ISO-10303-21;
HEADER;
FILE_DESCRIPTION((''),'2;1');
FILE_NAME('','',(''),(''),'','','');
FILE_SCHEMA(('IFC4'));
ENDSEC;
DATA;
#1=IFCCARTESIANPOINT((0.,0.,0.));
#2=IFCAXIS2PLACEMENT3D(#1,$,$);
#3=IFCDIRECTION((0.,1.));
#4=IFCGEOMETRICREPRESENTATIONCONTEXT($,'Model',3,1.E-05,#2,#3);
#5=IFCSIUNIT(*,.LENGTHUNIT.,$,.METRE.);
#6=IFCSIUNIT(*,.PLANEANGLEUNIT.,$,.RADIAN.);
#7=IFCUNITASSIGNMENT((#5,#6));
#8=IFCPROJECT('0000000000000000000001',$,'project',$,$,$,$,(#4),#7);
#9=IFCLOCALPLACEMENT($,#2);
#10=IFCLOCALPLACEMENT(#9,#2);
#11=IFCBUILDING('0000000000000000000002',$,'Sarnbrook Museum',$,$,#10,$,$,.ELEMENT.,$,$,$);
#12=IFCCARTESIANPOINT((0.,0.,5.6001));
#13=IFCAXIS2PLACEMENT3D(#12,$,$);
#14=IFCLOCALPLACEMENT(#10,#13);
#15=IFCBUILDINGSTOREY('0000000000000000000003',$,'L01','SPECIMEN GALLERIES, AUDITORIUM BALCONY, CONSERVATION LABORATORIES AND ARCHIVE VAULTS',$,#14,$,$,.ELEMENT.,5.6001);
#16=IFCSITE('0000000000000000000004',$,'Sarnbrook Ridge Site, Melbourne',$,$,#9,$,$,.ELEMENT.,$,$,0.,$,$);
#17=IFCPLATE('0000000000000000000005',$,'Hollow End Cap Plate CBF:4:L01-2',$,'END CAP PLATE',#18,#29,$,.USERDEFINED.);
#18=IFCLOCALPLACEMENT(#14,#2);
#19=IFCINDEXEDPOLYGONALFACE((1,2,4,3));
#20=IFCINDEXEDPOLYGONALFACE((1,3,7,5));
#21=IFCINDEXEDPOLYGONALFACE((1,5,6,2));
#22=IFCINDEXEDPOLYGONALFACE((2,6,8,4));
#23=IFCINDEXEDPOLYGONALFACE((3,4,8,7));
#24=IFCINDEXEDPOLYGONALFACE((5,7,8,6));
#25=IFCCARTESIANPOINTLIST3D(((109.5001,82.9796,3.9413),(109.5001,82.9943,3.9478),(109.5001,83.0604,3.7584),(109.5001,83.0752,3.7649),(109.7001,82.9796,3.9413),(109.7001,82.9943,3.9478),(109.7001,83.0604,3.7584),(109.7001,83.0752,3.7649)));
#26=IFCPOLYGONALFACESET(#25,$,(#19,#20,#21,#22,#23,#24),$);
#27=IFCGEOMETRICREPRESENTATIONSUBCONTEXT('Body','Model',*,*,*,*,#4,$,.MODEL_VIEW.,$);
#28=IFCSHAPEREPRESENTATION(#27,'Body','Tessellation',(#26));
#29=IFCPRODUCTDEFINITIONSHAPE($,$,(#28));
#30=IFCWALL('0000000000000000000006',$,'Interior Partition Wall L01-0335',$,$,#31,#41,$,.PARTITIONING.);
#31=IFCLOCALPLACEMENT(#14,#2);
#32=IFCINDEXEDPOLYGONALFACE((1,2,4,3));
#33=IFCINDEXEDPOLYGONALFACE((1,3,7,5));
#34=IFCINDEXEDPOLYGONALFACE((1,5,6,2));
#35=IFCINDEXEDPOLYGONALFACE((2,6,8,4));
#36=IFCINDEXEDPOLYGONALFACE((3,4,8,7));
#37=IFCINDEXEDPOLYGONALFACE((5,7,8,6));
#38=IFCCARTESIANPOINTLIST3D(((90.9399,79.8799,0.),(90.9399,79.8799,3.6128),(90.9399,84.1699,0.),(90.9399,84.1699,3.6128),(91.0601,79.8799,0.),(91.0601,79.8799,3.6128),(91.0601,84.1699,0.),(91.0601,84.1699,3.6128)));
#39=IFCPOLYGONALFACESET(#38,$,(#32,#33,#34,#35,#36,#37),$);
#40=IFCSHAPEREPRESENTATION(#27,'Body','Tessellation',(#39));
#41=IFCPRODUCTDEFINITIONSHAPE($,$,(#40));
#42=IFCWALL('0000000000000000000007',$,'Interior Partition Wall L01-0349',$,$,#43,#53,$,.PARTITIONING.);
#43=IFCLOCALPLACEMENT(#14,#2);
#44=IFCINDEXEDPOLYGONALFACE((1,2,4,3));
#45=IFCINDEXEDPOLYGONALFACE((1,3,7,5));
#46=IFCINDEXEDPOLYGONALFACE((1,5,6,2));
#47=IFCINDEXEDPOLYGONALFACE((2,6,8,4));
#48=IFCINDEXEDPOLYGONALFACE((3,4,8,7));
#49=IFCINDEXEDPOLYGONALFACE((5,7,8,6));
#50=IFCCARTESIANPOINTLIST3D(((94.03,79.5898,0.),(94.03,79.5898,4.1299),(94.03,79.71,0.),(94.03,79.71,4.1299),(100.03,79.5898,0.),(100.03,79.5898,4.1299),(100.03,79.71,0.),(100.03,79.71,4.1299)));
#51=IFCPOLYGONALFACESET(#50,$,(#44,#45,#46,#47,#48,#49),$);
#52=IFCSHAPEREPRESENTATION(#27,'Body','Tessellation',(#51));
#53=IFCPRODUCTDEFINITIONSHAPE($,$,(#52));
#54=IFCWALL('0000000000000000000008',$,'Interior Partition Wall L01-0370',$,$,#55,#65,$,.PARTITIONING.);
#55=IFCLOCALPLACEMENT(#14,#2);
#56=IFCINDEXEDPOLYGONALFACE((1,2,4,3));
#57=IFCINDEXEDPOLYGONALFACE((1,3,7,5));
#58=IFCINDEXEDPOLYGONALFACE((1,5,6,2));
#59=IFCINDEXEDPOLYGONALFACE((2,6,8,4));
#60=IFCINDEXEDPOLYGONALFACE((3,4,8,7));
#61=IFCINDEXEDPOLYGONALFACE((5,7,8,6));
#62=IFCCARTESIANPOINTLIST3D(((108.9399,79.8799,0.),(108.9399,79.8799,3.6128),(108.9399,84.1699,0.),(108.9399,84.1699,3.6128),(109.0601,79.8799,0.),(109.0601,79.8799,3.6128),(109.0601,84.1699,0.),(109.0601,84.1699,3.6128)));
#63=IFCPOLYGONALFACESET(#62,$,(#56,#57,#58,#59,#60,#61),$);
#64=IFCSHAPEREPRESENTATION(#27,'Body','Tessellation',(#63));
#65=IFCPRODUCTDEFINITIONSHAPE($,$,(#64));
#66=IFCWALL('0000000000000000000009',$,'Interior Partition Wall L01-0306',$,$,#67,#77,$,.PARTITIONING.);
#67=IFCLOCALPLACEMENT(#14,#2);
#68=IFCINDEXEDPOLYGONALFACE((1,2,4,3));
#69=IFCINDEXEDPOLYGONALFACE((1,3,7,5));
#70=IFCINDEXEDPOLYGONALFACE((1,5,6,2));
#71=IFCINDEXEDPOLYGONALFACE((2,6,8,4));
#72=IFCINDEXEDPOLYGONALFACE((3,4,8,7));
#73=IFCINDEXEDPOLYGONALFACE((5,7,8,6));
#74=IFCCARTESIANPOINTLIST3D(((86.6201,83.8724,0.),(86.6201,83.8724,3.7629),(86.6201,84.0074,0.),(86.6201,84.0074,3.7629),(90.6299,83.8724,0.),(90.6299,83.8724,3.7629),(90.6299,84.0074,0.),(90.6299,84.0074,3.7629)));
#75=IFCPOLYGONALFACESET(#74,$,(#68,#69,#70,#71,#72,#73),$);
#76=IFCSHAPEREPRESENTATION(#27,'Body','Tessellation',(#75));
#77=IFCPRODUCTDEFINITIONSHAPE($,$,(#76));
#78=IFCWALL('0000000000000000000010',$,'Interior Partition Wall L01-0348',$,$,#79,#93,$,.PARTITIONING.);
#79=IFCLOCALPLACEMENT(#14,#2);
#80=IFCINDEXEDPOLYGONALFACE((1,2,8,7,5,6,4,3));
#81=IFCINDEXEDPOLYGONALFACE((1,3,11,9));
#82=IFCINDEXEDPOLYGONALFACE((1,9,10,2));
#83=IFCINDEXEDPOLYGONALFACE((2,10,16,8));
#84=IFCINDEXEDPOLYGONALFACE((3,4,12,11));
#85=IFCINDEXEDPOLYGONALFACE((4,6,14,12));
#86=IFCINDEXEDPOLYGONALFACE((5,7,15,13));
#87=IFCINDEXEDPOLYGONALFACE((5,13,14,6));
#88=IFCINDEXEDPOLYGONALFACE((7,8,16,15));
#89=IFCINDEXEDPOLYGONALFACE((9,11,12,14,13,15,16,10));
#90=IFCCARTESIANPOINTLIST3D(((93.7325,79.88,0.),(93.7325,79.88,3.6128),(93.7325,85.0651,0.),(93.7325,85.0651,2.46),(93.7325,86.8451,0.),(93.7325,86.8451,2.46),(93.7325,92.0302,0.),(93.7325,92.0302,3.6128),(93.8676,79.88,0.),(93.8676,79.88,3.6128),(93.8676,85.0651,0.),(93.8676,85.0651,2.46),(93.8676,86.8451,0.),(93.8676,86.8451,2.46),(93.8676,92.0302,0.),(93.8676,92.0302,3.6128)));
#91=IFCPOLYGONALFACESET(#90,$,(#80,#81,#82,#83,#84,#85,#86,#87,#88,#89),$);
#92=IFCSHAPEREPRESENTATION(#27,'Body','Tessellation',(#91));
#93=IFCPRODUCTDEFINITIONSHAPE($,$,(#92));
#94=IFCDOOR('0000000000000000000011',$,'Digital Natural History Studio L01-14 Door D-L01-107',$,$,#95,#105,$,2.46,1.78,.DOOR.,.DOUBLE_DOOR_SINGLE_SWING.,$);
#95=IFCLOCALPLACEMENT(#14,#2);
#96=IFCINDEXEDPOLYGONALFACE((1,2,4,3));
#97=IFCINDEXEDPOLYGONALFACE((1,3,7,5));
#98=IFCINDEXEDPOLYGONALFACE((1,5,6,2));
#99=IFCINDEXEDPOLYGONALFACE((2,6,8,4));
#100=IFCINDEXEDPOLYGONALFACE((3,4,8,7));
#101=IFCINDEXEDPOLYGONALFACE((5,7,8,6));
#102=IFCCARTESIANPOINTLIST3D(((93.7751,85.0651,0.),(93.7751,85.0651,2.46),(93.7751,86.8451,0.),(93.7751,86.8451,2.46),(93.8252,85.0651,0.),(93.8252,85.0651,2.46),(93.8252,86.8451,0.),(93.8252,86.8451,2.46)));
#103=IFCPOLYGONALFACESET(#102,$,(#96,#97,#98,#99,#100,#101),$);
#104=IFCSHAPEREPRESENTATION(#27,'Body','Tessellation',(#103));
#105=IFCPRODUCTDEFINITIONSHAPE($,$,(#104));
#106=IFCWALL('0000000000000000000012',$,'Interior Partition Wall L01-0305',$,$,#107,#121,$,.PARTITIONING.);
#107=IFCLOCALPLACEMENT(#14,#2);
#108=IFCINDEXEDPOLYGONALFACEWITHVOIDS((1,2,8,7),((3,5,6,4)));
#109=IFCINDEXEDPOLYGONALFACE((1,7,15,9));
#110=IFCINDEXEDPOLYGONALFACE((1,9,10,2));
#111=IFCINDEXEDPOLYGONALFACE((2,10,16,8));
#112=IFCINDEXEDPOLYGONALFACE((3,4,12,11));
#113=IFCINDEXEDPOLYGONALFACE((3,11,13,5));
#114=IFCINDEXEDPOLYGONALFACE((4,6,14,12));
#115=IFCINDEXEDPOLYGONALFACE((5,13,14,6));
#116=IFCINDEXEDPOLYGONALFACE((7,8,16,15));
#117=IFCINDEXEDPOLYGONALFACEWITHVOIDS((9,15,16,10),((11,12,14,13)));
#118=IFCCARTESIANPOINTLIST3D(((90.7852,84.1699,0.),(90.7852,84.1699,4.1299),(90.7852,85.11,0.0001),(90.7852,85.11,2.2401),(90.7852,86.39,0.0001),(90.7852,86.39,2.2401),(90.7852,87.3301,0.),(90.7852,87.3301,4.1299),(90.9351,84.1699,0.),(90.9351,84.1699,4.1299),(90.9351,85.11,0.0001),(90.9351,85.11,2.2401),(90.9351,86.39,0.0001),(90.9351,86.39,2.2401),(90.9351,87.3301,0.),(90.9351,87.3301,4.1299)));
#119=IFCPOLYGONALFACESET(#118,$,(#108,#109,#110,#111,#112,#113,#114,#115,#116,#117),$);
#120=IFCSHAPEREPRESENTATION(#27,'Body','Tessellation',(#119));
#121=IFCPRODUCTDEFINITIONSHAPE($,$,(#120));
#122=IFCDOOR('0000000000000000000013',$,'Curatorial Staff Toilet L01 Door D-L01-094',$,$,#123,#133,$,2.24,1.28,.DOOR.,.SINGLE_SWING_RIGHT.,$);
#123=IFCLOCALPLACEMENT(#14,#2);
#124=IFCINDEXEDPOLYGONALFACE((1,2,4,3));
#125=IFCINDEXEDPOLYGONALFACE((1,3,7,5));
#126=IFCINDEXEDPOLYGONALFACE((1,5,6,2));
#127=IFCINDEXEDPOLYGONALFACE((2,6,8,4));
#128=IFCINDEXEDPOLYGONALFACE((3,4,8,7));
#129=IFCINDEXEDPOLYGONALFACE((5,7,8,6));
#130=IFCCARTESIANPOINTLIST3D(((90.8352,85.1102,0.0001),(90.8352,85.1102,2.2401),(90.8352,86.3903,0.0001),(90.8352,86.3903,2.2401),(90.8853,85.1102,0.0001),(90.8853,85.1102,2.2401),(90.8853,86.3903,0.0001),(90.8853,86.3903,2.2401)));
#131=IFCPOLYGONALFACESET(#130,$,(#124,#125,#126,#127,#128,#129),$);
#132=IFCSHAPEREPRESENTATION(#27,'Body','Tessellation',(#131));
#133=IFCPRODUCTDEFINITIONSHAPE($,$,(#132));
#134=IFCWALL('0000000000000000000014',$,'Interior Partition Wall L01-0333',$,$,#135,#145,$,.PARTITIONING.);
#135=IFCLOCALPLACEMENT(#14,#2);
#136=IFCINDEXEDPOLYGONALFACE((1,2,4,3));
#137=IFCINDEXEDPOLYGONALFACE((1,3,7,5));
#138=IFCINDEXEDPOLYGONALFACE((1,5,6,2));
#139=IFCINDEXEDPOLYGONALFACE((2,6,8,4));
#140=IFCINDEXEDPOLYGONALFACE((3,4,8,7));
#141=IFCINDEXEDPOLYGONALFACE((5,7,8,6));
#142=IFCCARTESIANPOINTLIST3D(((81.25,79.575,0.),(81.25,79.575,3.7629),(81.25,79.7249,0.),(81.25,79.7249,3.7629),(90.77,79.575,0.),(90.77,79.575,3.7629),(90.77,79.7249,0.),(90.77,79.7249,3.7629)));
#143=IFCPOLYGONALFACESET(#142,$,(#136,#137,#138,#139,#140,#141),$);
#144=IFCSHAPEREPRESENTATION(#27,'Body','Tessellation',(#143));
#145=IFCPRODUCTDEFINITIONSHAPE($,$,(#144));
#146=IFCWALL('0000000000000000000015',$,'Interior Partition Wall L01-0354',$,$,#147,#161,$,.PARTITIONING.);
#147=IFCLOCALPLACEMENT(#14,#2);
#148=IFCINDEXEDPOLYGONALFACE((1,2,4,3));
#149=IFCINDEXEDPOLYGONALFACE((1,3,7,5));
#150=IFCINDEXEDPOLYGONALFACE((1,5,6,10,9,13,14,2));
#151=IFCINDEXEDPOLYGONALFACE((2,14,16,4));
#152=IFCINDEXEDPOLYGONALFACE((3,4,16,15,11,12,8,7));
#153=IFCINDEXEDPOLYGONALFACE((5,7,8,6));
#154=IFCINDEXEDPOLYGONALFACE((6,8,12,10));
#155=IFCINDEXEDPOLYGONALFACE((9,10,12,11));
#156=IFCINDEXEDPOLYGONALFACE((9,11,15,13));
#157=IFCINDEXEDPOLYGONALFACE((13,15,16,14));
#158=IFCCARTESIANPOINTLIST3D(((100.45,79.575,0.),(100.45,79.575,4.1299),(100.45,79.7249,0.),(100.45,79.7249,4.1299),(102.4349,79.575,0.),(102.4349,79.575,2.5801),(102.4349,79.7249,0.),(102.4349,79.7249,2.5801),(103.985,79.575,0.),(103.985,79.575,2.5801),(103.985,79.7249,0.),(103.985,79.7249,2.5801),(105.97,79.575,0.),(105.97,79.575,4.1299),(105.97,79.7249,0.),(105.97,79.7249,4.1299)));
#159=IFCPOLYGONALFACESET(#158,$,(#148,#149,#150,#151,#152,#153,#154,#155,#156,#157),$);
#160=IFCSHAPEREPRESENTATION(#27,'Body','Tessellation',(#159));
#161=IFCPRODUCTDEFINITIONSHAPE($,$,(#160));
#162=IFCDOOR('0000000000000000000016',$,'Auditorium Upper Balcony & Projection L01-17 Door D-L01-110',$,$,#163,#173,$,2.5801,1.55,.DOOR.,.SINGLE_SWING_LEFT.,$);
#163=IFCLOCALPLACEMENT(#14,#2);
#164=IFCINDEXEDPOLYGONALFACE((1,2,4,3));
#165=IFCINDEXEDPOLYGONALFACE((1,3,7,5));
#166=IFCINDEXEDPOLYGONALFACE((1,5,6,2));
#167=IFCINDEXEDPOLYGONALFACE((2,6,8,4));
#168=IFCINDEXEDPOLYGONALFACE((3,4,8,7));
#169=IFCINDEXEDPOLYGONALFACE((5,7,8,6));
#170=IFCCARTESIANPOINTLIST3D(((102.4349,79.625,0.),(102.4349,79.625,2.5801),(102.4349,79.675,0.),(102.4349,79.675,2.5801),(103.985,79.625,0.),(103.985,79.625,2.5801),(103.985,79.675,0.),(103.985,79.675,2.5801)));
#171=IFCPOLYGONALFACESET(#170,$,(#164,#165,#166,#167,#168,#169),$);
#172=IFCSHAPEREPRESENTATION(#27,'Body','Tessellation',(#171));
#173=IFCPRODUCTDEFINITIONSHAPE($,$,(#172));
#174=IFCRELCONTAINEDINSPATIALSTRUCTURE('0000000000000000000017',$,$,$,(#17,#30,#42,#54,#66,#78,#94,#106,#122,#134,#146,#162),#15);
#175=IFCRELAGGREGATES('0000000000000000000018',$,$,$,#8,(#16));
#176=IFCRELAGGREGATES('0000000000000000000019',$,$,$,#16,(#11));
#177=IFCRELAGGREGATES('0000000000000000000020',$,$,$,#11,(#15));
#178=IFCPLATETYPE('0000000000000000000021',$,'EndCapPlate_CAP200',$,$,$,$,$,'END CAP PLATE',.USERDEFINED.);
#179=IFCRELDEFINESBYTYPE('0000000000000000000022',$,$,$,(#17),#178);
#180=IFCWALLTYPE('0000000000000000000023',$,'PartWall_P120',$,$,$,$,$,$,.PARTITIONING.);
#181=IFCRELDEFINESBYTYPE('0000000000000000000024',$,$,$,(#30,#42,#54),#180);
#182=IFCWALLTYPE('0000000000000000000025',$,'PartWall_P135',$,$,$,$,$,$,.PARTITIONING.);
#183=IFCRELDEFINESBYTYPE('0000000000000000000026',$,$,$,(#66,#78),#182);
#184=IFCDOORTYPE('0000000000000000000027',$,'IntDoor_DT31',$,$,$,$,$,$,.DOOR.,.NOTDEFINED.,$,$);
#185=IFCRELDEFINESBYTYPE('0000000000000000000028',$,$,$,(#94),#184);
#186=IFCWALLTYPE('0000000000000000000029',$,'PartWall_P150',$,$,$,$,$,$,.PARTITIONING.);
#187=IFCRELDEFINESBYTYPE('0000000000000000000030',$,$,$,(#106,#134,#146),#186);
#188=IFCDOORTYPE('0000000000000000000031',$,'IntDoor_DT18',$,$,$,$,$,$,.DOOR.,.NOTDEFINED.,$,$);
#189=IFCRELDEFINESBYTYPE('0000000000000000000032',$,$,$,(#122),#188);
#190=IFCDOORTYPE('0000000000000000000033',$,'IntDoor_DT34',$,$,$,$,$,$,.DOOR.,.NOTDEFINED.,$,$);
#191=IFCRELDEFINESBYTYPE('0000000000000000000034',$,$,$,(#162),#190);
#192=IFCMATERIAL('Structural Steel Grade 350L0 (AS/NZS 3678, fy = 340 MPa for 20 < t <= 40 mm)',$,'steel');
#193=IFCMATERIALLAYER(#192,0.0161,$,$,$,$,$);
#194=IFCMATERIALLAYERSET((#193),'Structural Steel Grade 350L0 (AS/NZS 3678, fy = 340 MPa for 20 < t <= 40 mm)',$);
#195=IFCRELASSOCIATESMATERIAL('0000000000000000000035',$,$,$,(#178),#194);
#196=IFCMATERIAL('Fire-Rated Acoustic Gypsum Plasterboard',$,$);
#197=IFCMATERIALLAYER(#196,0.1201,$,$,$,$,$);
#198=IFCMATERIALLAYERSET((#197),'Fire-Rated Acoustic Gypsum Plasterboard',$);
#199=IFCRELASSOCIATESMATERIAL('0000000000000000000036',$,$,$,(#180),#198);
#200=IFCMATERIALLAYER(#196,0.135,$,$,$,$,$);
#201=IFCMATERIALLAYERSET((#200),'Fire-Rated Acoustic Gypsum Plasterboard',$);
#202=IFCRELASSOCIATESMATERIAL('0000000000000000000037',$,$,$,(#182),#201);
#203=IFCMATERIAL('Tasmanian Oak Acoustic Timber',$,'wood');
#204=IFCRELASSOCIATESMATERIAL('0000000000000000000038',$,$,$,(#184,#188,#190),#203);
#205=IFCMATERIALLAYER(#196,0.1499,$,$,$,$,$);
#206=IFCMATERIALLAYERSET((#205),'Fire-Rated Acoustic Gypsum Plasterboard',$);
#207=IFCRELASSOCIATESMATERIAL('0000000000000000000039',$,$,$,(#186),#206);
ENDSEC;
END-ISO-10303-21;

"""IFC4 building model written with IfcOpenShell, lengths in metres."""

from ifc_helpers import new_model, si_unit, direction, frame, frame_2d, origin, origin_2d, place, context, subcontext, project, spatial, rectangle, extrude, material, layer, layer_set, type_object, element, fill, save


model = new_model("IFC4")

# Units and contexts
model_context = context("Model", 3, precision=1e-05, world=origin(), true_north=direction((0.0, 1.0)))
body_context = subcontext(model_context, "Body", "Model", "MODEL_VIEW")
ifc_project = project(units=[si_unit("LENGTHUNIT", "METRE"), si_unit("PLANEANGLEUNIT", "RADIAN")], contexts=[model_context])

# Site, building, storey
site_placement = place(None, origin())
site = spatial("IfcSite", under=ifc_project, at=site_placement, Name="Sarnbrook Ridge Site, Melbourne", CompositionType="ELEMENT", RefElevation=0.0)
building_placement = place(site_placement, origin())
building = spatial("IfcBuilding", under=site, at=building_placement, Name="Sarnbrook Museum", CompositionType="ELEMENT")
storey_placement = place(building_placement, frame((0.0, 0.0, 5.6001)))
storey = spatial("IfcBuildingStorey", under=building, at=storey_placement, Name="L01", Description="SPECIMEN GALLERIES, AUDITORIUM BALCONY, CONSERVATION LABORATORIES AND ARCHIVE VAULTS", CompositionType="ELEMENT", Elevation=5.6001)

# Shared definitions
ifc_material_1 = material(Name="Structural Steel Grade 350L0 (AS/NZS 3678, fy = 340 MPa for 20 < t <= 40 mm)", Category="steel")

# Plate
ifc_layer_1 = layer(ifc_material_1, 0.0161)
ifc_layer_set_1 = layer_set([ifc_layer_1], Name="Structural Steel Grade 350L0 (AS/NZS 3678, fy = 340 MPa for 20 < t <= 40 mm)")
plate_type = type_object("IfcPlateType", Name="EndCapPlate_CAP200", ElementType="END CAP PLATE", PredefinedType="USERDEFINED", material=ifc_layer_set_1)
plate_placement = place(storey_placement, frame((109.6001, 83.02, 3.8499), z_axis=(0.0, 0.914659, 0.404227), x_axis=(-1.0, 0.0, 0.0)))
element("IfcPlate", 1, at=plate_placement, inside=storey, type_object=plate_type, Name="Hollow End Cap Plate CBF:4:L01-2", ObjectType="END CAP PLATE", PredefinedType="USERDEFINED", context=body_context, shape_type="SweptSolid", body=[
    extrude(rectangle(XDim=0.2, YDim=0.2, at=origin_2d()), origin(), (0.0, 0.0, 1.0), 0.0161),
])

# Walls
ifc_material_2 = material(Name="Fire-Rated Acoustic Gypsum Plasterboard")
ifc_layer_2 = layer(ifc_material_2, 0.1201)
ifc_layer_set_2 = layer_set([ifc_layer_2], Name="Fire-Rated Acoustic Gypsum Plasterboard")
wall_type_1 = type_object("IfcWallType", Name="PartWall_P120", PredefinedType="PARTITIONING", material=ifc_layer_set_2)
wall_1_placement = place(storey_placement, frame((91.0, 84.1699, 0.0), z_axis=(0.0, 0.0, 1.0), x_axis=(0.0, -1.0, 0.0)))
element("IfcWall", 2, at=wall_1_placement, inside=storey, type_object=wall_type_1, Name="Interior Partition Wall L01-0335", PredefinedType="PARTITIONING", context=body_context, shape_type="SweptSolid", body=[
    extrude(rectangle(XDim=4.29, YDim=0.1201, at=frame_2d((2.145, 0.0))), origin(), (0.0, 0.0, 1.0), 3.6128),
])
wall_2_placement = place(storey_placement, frame((100.03, 79.6499, 0.0), z_axis=(0.0, 0.0, 1.0), x_axis=(-1.0, 0.0, 0.0)))
element("IfcWall", 3, at=wall_2_placement, inside=storey, type_object=wall_type_1, Name="Interior Partition Wall L01-0349", PredefinedType="PARTITIONING", context=body_context, shape_type="SweptSolid", body=[
    extrude(rectangle(XDim=6.0, YDim=0.1201, at=frame_2d((3.0, 0.0))), origin(), (0.0, 0.0, 1.0), 4.1299),
])
wall_3_placement = place(storey_placement, frame((109.0, 79.8799, 0.0), z_axis=(0.0, 0.0, 1.0), x_axis=(0.0, 1.0, 0.0)))
element("IfcWall", 4, at=wall_3_placement, inside=storey, type_object=wall_type_1, Name="Interior Partition Wall L01-0370", PredefinedType="PARTITIONING", context=body_context, shape_type="SweptSolid", body=[
    extrude(rectangle(XDim=4.29, YDim=0.1201, at=frame_2d((2.145, 0.0))), origin(), (0.0, 0.0, 1.0), 3.6128),
])
ifc_layer_3 = layer(ifc_material_2, 0.135)
ifc_layer_set_3 = layer_set([ifc_layer_3], Name="Fire-Rated Acoustic Gypsum Plasterboard")
wall_type_2 = type_object("IfcWallType", Name="PartWall_P135", PredefinedType="PARTITIONING", material=ifc_layer_set_3)
wall_4_placement = place(storey_placement, frame((90.6299, 83.9399, 0.0), z_axis=(0.0, 0.0, 1.0), x_axis=(-1.0, 0.0, 0.0)))
element("IfcWall", 5, at=wall_4_placement, inside=storey, type_object=wall_type_2, Name="Interior Partition Wall L01-0306", PredefinedType="PARTITIONING", context=body_context, shape_type="SweptSolid", body=[
    extrude(rectangle(XDim=4.0098, YDim=0.135, at=frame_2d((2.0049, 0.0))), origin(), (0.0, 0.0, 1.0), 3.7629),
])

# Walls, openings, doors
wall_5_placement = place(storey_placement, frame((93.8, 79.8799, 0.0), z_axis=(0.0, 0.0, 1.0), x_axis=(0.0, 1.0, 0.0)))
wall_5 = element("IfcWall", 6, at=wall_5_placement, inside=storey, type_object=wall_type_2, Name="Interior Partition Wall L01-0348", PredefinedType="PARTITIONING", context=body_context, shape_type="SweptSolid", body=[
    extrude(rectangle(XDim=12.1501, YDim=0.135, at=frame_2d((6.0752, 0.0))), origin(), (0.0, 0.0, 1.0), 3.6128),
])
opening_1_placement = place(wall_5_placement, frame((5.1851, 0.0, 0.0)))
opening_1 = element("IfcOpeningElement", 7, at=opening_1_placement, cuts=wall_5, PredefinedType="OPENING", context=body_context, shape_type="SweptSolid", body=[
    extrude(rectangle(XDim=1.78, YDim=2.46, at=frame_2d((0.8901, 1.23))), frame((0.0, 0.0776, 0.0), z_axis=(0.0, -1.0, 0.0), x_axis=(1.0, 0.0, 0.0)), (0.0, 0.0, 1.0), 0.155),
])
ifc_material_3 = material(Name="Tasmanian Oak Acoustic Timber", Category="wood")
door_type_1 = type_object("IfcDoorType", Name="IntDoor_DT31", OperationType="NOTDEFINED", PredefinedType="DOOR", material=ifc_material_3)
door_1_placement = place(opening_1_placement, origin())
door_1 = element("IfcDoor", 8, at=door_1_placement, inside=storey, type_object=door_type_1, Name="Digital Natural History Studio L01-14 Door D-L01-107", OperationType="DOUBLE_DOOR_SINGLE_SWING", OverallHeight=2.46, OverallWidth=1.78, PredefinedType="DOOR", context=body_context, shape_type="SweptSolid", body=[
    extrude(rectangle(XDim=1.78, YDim=2.46, at=frame_2d((0.8901, 1.23))), frame((0.0, 0.0249, 0.0), z_axis=(0.0, -1.0, 0.0), x_axis=(1.0, 0.0, 0.0)), (0.0, 0.0, 1.0), 0.05),
])
fill(opening_1, door_1)
ifc_layer_4 = layer(ifc_material_2, 0.1499)
ifc_layer_set_4 = layer_set([ifc_layer_4], Name="Fire-Rated Acoustic Gypsum Plasterboard")
wall_type_3 = type_object("IfcWallType", Name="PartWall_P150", PredefinedType="PARTITIONING", material=ifc_layer_set_4)
wall_6_placement = place(storey_placement, frame((90.8601, 87.3301, 0.0), z_axis=(0.0, 0.0, 1.0), x_axis=(0.0, -1.0, 0.0)))
wall_6 = element("IfcWall", 9, at=wall_6_placement, inside=storey, type_object=wall_type_3, Name="Interior Partition Wall L01-0305", PredefinedType="PARTITIONING", context=body_context, shape_type="SweptSolid", body=[
    extrude(rectangle(XDim=3.1602, YDim=0.1499, at=frame_2d((1.5801, 0.0))), origin(), (0.0, 0.0, 1.0), 4.1299),
])
opening_2_placement = place(wall_6_placement, frame((0.9399, 0.0, 0.0)))
opening_2 = element("IfcOpeningElement", 10, at=opening_2_placement, cuts=wall_6, PredefinedType="OPENING", context=body_context, shape_type="SweptSolid", body=[
    extrude(rectangle(XDim=1.28, YDim=2.24, at=frame_2d((0.6401, 1.1201))), frame((0.0, 0.085, 0.0), z_axis=(0.0, -1.0, 0.0), x_axis=(1.0, 0.0, 0.0)), (0.0, 0.0, 1.0), 0.1699),
])
door_type_2 = type_object("IfcDoorType", Name="IntDoor_DT18", OperationType="NOTDEFINED", PredefinedType="DOOR", material=ifc_material_3)
door_2_placement = place(opening_2_placement, frame((1.28, 0.0, 0.0), z_axis=(0.0, 0.0, 1.0), x_axis=(-1.0, 0.0, 0.0)))
door_2 = element("IfcDoor", 11, at=door_2_placement, inside=storey, type_object=door_type_2, Name="Curatorial Staff Toilet L01 Door D-L01-094", OperationType="SINGLE_SWING_RIGHT", OverallHeight=2.24, OverallWidth=1.28, PredefinedType="DOOR", context=body_context, shape_type="SweptSolid", body=[
    extrude(rectangle(XDim=1.28, YDim=2.24, at=frame_2d((0.6401, 1.1201))), frame((0.0, 0.0249, 0.0), z_axis=(0.0, -1.0, 0.0), x_axis=(1.0, 0.0, 0.0)), (0.0, 0.0, 1.0), 0.05),
])
fill(opening_2, door_2)

# Wall
wall_7_placement = place(storey_placement, frame((90.77, 79.6499, 0.0), z_axis=(0.0, 0.0, 1.0), x_axis=(-1.0, 0.0, 0.0)))
element("IfcWall", 12, at=wall_7_placement, inside=storey, type_object=wall_type_3, Name="Interior Partition Wall L01-0333", PredefinedType="PARTITIONING", context=body_context, shape_type="SweptSolid", body=[
    extrude(rectangle(XDim=9.52, YDim=0.1499, at=frame_2d((4.76, 0.0))), origin(), (0.0, 0.0, 1.0), 3.7629),
])

# Wall, opening, door
wall_8_placement = place(storey_placement, frame((105.97, 79.6499, 0.0), z_axis=(0.0, 0.0, 1.0), x_axis=(-1.0, 0.0, 0.0)))
wall_8 = element("IfcWall", 13, at=wall_8_placement, inside=storey, type_object=wall_type_3, Name="Interior Partition Wall L01-0354", PredefinedType="PARTITIONING", context=body_context, shape_type="SweptSolid", body=[
    extrude(rectangle(XDim=5.52, YDim=0.1499, at=frame_2d((2.76, 0.0))), origin(), (0.0, 0.0, 1.0), 4.1299),
])
opening_3_placement = place(wall_8_placement, frame((1.9851, 0.0, 0.0)))
opening_3 = element("IfcOpeningElement", 14, at=opening_3_placement, cuts=wall_8, PredefinedType="OPENING", context=body_context, shape_type="SweptSolid", body=[
    extrude(rectangle(XDim=1.55, YDim=2.5801, at=frame_2d((0.7749, 1.29))), frame((0.0, 0.085, 0.0), z_axis=(0.0, -1.0, 0.0), x_axis=(1.0, 0.0, 0.0)), (0.0, 0.0, 1.0), 0.1699),
])
door_type_3 = type_object("IfcDoorType", Name="IntDoor_DT34", OperationType="NOTDEFINED", PredefinedType="DOOR", material=ifc_material_3)
door_3_placement = place(opening_3_placement, origin())
door_3 = element("IfcDoor", 15, at=door_3_placement, inside=storey, type_object=door_type_3, Name="Auditorium Upper Balcony & Projection L01-17 Door D-L01-110", OperationType="SINGLE_SWING_LEFT", OverallHeight=2.5801, OverallWidth=1.55, PredefinedType="DOOR", context=body_context, shape_type="SweptSolid", body=[
    extrude(rectangle(XDim=1.55, YDim=2.5801, at=frame_2d((0.7749, 1.29))), frame((0.0, 0.0249, 0.0), z_axis=(0.0, -1.0, 0.0), x_axis=(1.0, 0.0, 0.0)), (0.0, 0.0, 1.0), 0.05),
])
fill(opening_3, door_3)

save(model, "model.ifc")
